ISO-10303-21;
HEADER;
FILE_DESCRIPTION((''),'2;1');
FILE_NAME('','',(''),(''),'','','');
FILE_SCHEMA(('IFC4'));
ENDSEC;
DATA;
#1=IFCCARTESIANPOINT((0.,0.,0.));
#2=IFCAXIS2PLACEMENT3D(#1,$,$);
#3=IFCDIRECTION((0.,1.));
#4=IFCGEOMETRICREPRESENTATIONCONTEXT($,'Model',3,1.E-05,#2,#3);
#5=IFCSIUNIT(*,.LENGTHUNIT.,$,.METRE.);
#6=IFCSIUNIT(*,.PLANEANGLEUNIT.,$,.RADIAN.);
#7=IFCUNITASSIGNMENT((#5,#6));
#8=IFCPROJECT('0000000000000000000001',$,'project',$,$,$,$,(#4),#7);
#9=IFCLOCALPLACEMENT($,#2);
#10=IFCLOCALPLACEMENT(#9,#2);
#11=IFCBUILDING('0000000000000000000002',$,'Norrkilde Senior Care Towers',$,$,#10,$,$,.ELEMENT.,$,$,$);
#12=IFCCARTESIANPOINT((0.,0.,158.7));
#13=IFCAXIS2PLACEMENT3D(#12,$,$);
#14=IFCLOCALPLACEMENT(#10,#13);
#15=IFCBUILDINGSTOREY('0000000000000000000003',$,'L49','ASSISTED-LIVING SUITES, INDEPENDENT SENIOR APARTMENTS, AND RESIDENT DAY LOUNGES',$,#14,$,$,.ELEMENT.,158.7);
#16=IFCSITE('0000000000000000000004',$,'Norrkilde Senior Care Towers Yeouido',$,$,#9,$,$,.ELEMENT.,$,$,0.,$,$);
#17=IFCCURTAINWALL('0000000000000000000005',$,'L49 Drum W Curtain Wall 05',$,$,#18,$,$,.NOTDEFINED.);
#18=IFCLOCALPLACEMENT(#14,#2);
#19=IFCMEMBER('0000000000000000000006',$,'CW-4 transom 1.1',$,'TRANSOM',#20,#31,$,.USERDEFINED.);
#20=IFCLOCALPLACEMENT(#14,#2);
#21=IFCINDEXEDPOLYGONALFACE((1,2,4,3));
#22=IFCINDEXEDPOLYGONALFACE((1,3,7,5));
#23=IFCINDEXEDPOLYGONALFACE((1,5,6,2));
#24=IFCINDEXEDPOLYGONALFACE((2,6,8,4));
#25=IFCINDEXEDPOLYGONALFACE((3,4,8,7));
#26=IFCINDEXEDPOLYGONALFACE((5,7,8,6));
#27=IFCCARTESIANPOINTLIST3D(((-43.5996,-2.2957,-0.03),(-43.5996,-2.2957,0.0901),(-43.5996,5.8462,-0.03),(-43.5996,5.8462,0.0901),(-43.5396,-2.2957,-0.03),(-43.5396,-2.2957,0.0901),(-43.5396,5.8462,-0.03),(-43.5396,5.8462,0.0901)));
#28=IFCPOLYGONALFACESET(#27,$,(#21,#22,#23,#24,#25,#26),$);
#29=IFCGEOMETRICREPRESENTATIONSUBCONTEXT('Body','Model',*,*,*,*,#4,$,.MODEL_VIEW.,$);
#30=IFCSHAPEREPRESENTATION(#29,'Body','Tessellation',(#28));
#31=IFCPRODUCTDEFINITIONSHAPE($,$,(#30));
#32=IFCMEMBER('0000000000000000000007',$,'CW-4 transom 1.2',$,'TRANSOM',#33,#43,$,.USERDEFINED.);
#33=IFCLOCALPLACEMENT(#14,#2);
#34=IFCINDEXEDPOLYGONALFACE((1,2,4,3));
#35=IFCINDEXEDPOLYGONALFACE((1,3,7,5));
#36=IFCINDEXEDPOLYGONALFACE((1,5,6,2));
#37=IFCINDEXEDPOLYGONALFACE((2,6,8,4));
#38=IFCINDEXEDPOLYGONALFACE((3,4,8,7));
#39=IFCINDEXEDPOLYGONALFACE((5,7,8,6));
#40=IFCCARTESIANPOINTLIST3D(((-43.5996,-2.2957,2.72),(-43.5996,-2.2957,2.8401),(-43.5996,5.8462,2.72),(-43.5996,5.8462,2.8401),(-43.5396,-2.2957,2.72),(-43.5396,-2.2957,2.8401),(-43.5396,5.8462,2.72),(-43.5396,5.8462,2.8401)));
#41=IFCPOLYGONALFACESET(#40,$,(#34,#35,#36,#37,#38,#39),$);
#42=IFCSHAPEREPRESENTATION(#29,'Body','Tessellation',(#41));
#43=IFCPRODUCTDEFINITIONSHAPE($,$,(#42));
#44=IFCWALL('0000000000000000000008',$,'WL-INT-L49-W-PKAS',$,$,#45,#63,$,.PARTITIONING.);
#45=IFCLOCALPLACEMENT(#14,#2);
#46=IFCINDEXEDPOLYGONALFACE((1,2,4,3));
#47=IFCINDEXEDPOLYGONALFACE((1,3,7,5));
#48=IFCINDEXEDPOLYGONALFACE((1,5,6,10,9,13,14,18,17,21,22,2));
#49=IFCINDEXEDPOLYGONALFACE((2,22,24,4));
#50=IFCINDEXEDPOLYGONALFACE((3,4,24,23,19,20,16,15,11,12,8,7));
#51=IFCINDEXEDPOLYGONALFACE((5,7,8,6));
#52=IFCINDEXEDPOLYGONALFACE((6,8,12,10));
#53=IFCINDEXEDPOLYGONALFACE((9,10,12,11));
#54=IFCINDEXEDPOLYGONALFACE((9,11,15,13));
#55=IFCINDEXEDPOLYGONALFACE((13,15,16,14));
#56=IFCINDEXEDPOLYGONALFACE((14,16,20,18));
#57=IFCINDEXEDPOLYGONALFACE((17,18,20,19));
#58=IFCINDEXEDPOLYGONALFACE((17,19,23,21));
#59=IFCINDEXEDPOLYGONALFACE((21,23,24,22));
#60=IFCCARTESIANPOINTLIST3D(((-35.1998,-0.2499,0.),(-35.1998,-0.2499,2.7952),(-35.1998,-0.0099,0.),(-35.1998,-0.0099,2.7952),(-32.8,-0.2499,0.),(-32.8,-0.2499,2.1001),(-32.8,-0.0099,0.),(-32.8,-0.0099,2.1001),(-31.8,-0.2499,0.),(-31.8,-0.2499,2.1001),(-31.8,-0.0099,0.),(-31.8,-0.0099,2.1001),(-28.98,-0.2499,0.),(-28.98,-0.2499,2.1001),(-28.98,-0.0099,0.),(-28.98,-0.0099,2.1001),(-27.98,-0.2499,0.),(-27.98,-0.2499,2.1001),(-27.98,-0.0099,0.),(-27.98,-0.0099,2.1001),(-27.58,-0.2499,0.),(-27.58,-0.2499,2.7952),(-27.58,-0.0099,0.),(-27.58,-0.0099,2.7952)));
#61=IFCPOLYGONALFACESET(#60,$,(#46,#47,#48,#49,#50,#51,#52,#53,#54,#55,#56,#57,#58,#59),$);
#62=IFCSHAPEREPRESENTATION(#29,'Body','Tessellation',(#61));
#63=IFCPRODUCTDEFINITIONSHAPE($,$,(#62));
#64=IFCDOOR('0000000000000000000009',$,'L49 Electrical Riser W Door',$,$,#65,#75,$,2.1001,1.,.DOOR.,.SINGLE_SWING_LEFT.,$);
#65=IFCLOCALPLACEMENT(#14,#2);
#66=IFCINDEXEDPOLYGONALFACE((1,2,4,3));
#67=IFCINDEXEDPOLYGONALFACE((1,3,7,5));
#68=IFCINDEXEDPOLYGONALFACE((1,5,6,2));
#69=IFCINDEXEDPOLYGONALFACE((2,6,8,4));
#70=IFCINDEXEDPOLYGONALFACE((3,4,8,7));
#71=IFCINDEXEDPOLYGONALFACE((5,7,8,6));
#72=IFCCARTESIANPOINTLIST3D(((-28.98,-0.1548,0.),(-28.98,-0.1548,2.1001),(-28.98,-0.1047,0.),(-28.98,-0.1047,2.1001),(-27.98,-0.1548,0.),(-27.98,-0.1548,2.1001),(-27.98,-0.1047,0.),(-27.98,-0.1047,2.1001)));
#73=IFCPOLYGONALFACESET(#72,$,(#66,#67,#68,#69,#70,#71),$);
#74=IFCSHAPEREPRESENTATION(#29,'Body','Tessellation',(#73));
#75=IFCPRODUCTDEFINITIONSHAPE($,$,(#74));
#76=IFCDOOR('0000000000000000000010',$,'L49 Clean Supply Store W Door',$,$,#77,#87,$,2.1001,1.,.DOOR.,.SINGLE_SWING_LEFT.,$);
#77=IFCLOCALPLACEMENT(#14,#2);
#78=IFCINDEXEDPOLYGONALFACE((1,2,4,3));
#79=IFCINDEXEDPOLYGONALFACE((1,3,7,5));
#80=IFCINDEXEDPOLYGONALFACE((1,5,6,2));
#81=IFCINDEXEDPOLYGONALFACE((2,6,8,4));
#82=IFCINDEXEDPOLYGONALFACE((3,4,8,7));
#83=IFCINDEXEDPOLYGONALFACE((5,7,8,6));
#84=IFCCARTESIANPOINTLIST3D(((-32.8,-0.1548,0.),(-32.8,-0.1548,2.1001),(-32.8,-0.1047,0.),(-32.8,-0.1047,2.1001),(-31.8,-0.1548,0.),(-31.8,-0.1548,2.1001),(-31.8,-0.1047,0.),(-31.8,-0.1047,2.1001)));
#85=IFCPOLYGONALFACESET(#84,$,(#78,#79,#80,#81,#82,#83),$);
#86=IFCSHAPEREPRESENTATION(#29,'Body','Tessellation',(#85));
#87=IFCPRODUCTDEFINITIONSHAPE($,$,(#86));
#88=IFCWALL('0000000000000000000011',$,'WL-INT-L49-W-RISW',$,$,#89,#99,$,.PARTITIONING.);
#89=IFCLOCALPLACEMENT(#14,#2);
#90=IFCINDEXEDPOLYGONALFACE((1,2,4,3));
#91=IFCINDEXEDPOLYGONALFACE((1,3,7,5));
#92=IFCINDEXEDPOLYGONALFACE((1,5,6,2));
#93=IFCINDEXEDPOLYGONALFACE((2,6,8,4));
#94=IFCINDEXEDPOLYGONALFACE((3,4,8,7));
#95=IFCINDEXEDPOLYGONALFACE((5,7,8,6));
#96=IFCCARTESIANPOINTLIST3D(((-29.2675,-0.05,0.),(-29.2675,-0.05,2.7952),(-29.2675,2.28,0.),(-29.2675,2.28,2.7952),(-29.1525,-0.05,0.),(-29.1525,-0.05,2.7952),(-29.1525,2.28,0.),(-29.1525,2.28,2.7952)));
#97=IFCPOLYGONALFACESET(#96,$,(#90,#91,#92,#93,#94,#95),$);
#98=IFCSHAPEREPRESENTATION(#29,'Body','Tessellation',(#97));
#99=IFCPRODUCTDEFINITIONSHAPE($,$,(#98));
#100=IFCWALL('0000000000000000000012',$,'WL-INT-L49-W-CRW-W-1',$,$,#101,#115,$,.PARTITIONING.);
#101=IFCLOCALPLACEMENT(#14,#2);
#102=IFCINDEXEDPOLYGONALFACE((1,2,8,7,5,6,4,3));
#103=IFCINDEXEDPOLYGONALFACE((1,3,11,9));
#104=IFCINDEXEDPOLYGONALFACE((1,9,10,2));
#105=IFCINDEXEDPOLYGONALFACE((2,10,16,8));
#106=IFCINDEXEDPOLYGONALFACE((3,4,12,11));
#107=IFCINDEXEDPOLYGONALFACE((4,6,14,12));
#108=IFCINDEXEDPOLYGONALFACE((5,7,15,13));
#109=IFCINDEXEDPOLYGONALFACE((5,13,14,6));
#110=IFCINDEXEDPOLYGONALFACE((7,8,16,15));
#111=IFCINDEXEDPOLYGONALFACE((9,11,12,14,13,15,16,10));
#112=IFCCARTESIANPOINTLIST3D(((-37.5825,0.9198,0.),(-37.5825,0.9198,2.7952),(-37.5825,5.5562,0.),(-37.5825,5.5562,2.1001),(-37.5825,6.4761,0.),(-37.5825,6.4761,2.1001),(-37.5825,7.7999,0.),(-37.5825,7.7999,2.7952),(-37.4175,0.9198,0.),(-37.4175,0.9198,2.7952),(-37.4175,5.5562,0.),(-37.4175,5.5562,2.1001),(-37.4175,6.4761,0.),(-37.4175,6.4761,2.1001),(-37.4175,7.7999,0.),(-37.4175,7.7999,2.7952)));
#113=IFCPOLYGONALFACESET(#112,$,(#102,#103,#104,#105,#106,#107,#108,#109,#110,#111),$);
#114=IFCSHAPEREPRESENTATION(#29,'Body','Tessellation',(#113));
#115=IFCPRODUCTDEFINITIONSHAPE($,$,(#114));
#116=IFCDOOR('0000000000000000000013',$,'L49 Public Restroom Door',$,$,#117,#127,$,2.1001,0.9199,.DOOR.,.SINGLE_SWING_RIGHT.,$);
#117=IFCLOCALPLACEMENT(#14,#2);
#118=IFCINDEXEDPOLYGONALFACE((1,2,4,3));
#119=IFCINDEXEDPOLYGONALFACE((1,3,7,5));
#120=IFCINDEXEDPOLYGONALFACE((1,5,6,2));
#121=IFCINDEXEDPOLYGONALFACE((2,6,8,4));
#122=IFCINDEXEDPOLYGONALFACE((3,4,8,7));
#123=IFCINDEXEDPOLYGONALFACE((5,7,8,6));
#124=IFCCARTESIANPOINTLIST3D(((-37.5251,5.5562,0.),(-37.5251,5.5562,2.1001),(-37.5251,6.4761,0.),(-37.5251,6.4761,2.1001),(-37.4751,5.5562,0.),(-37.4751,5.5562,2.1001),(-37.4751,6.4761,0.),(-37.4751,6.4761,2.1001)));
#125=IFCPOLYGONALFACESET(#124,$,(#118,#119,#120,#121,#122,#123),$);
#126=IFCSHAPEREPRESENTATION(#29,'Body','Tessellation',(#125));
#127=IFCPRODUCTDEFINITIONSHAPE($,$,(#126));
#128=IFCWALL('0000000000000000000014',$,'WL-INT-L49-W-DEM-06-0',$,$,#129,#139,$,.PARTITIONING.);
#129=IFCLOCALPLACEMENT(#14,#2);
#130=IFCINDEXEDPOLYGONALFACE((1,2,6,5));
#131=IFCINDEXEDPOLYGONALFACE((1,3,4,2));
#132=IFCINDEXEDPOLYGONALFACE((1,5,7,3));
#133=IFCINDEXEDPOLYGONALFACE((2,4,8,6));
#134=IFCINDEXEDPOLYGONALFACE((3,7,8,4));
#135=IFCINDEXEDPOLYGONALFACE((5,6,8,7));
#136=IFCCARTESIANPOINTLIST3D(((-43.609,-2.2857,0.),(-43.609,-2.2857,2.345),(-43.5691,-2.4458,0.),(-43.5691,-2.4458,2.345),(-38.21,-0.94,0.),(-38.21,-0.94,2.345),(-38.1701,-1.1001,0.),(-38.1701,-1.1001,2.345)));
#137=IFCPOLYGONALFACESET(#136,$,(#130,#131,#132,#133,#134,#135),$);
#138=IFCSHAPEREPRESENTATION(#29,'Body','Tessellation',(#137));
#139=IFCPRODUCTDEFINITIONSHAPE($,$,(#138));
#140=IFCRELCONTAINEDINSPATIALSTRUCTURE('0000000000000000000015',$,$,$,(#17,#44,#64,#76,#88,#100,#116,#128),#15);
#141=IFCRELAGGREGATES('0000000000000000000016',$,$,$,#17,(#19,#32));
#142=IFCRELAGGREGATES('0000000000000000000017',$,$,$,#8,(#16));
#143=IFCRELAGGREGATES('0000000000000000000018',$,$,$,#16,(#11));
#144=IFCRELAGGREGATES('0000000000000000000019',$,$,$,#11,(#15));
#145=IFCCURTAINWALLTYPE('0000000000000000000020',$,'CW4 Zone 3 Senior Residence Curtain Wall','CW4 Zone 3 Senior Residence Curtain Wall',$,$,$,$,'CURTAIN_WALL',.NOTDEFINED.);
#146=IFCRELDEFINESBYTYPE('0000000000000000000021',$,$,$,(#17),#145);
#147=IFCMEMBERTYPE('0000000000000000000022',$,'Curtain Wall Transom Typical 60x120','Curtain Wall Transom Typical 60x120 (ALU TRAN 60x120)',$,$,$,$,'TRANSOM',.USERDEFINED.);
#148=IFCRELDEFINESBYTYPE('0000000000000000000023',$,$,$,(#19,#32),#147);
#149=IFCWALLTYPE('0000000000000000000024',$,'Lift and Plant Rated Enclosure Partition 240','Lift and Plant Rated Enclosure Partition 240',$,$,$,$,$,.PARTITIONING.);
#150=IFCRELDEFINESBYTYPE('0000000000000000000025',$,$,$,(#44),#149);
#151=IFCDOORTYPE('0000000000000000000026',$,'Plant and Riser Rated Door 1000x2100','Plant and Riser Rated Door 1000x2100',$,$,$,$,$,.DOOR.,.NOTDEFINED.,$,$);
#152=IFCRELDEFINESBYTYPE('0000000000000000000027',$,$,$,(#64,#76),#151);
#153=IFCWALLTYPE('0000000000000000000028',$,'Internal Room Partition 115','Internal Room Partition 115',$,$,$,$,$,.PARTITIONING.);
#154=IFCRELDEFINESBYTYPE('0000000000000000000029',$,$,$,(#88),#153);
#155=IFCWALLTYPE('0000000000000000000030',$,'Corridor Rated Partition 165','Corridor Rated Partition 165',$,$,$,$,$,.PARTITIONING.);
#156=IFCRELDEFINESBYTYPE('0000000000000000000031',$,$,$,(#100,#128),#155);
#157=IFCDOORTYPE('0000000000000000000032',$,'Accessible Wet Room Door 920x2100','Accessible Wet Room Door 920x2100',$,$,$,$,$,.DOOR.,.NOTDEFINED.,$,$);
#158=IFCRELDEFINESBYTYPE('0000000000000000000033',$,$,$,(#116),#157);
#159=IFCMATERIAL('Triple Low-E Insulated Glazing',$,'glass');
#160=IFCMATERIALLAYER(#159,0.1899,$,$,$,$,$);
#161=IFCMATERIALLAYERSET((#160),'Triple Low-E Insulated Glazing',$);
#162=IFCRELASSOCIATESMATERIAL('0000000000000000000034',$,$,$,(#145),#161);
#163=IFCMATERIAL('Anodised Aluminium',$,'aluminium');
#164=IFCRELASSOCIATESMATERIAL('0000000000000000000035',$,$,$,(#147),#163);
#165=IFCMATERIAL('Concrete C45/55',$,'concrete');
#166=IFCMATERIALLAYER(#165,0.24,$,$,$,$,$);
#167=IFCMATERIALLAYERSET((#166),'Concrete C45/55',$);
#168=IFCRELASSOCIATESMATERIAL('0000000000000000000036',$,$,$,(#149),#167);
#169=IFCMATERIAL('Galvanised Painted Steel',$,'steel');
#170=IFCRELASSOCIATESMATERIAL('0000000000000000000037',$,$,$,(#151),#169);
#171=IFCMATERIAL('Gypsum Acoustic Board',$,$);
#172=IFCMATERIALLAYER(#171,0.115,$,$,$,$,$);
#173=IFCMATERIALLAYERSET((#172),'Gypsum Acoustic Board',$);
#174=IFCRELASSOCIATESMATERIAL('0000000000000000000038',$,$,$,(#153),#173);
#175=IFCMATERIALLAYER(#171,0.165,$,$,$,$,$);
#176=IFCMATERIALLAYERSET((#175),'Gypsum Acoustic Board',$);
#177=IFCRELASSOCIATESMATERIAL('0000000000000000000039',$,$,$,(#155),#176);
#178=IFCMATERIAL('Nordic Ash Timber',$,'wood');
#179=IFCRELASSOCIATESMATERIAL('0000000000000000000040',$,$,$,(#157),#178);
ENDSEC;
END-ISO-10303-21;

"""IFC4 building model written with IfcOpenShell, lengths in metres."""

from ifc_helpers import new_model, si_unit, direction, frame, frame_2d, origin, origin_2d, place, context, subcontext, project, spatial, rectangle, extrude, source, transform, mapped, material, layer, layer_set, material_profile, profile_set, type_object, type_shapes, element, fill, aggregate, save


model = new_model("IFC4")

# Units and contexts
model_context = context("Model", 3, precision=1e-05, world=origin(), true_north=direction((0.0, 1.0)))
body_context = subcontext(model_context, "Body", "Model", "MODEL_VIEW")
ifc_project = project(units=[si_unit("LENGTHUNIT", "METRE"), si_unit("PLANEANGLEUNIT", "RADIAN")], contexts=[model_context])

# Site, building, storey
site_placement = place(None, origin())
site = spatial("IfcSite", under=ifc_project, at=site_placement, Name="Norrkilde Senior Care Towers Yeouido", CompositionType="ELEMENT", RefElevation=0.0)
building_placement = place(site_placement, origin())
building = spatial("IfcBuilding", under=site, at=building_placement, Name="Norrkilde Senior Care Towers", CompositionType="ELEMENT")
storey_placement = place(building_placement, frame((0.0, 0.0, 158.7)))
storey = spatial("IfcBuildingStorey", under=building, at=storey_placement, Name="L49", Description="ASSISTED-LIVING SUITES, INDEPENDENT SENIOR APARTMENTS, AND RESIDENT DAY LOUNGES", CompositionType="ELEMENT", Elevation=158.7)

# Curtain wall
ifc_material_1 = material(Name="Triple Low-E Insulated Glazing", Category="glass")
ifc_layer_1 = layer(ifc_material_1, 0.1899)
ifc_layer_set_1 = layer_set([ifc_layer_1], Name="Triple Low-E Insulated Glazing")
curtain_wall_type = type_object("IfcCurtainWallType", Name="CW4 Zone 3 Senior Residence Curtain Wall", Description="CW4 Zone 3 Senior Residence Curtain Wall", ElementType="CURTAIN_WALL", PredefinedType="NOTDEFINED", material=ifc_layer_set_1)
curtain_wall_1_placement = place(storey_placement, origin())
curtain_wall_1 = element("IfcCurtainWall", 1, at=curtain_wall_1_placement, inside=storey, type_object=curtain_wall_type, Name="L49 Drum W Curtain Wall 05", PredefinedType="NOTDEFINED")
ifc_material_2 = material(Name="Anodised Aluminium", Category="aluminium")

# Members
ifc_material_profile_1 = material_profile(ifc_material_2, rectangle(XDim=0.0601, YDim=0.1201, at=origin_2d()), Name="ALU TRAN 60x120")
ifc_profile_set_1 = profile_set([ifc_material_profile_1], Name="Anodised Aluminium")
member_type_1 = type_object("IfcMemberType", Name="Curtain Wall Transom Typical 60x120", Description="Curtain Wall Transom Typical 60x120 (ALU TRAN 60x120)", ElementType="TRANSOM", PredefinedType="USERDEFINED", material=ifc_profile_set_1)
shared_shape_1 = source(origin(), body_context, "Body", "SweptSolid", [
    extrude(rectangle(XDim=0.0601, YDim=0.1201, at=origin_2d()), origin(), (0.0, 0.0, 1.0), 8.1418),
])
type_shapes(member_type_1, [shared_shape_1])
member_1_placement = place(storey_placement, frame((-43.5696, -2.2957, 0.03), z_axis=(0.0, 1.0, 0.0), x_axis=(-1.0, 0.0, 0.0)))
member_1 = element("IfcMember", 2, at=member_1_placement, type_object=member_type_1, Name="CW-4 transom 1.1", ObjectType="TRANSOM", PredefinedType="USERDEFINED", context=body_context, shape_type="MappedRepresentation", body=[
    mapped(shared_shape_1, transform((0.0, 0.0, 0.0), x_axis=(1.0, 0.0, 0.0), y_axis=(0.0, 1.0, 0.0), z_axis=(0.0, 0.0, 1.0), scale=1.0)),
])
member_2_placement = place(storey_placement, frame((-43.5696, -2.2957, 2.78), z_axis=(0.0, 1.0, 0.0), x_axis=(-1.0, 0.0, 0.0)))
member_2 = element("IfcMember", 3, at=member_2_placement, type_object=member_type_1, Name="CW-4 transom 1.2", ObjectType="TRANSOM", PredefinedType="USERDEFINED", context=body_context, shape_type="MappedRepresentation", body=[
    mapped(shared_shape_1, transform((0.0, 0.0, 0.0), x_axis=(1.0, 0.0, 0.0), y_axis=(0.0, 1.0, 0.0), z_axis=(0.0, 0.0, 1.0), scale=1.0)),
])
aggregate(curtain_wall_1, [member_1, member_2])

# Shared definitions
ifc_material_3 = material(Name="Concrete C45/55", Category="concrete")
ifc_material_4 = material(Name="Galvanised Painted Steel", Category="steel")

# Wall, openings, doors
ifc_layer_2 = layer(ifc_material_3, 0.24)
ifc_layer_set_2 = layer_set([ifc_layer_2], Name="Concrete C45/55")
wall_type_1 = type_object("IfcWallType", Name="Lift and Plant Rated Enclosure Partition 240", Description="Lift and Plant Rated Enclosure Partition 240", PredefinedType="PARTITIONING", material=ifc_layer_set_2)
shared_shape_2 = source(origin(), body_context, "Body", "SweptSolid", [
    extrude(rectangle(XDim=7.6199, YDim=0.24, at=frame_2d((3.8101, 0.0))), origin(), (0.0, 0.0, 1.0), 2.7952),
])
type_shapes(wall_type_1, [shared_shape_2])
wall_1_placement = place(storey_placement, frame((-35.2, -0.1299, 0.0), z_axis=(0.0, 0.0, 1.0), x_axis=(1.0, 0.0, 0.0)))
wall_1 = element("IfcWall", 4, at=wall_1_placement, inside=storey, type_object=wall_type_1, Name="WL-INT-L49-W-PKAS", PredefinedType="PARTITIONING", context=body_context, shape_type="MappedRepresentation", body=[
    mapped(shared_shape_2, transform((0.0, 0.0, 0.0), x_axis=(1.0, 0.0, 0.0), y_axis=(0.0, 1.0, 0.0), z_axis=(0.0, 0.0, 1.0), scale=1.0)),
])
opening_1_placement = place(wall_1_placement, frame((6.22, 0.0, 0.0)))
opening_1 = element("IfcOpeningElement", 5, at=opening_1_placement, cuts=wall_1, PredefinedType="OPENING", context=body_context, shape_type="SweptSolid", body=[
    extrude(rectangle(XDim=1.0, YDim=2.1001, at=frame_2d((0.5, 1.05))), frame((0.0, 0.1299, 0.0), z_axis=(0.0, -1.0, 0.0), x_axis=(1.0, 0.0, 0.0)), (0.0, 0.0, 1.0), 0.26),
])
opening_2_placement = place(wall_1_placement, frame((2.3999, 0.0, 0.0)))
opening_2 = element("IfcOpeningElement", 6, at=opening_2_placement, cuts=wall_1, PredefinedType="OPENING", context=body_context, shape_type="SweptSolid", body=[
    extrude(rectangle(XDim=1.0, YDim=2.1001, at=frame_2d((0.5, 1.05))), frame((0.0, 0.1299, 0.0), z_axis=(0.0, -1.0, 0.0), x_axis=(1.0, 0.0, 0.0)), (0.0, 0.0, 1.0), 0.26),
])
door_type_1 = type_object("IfcDoorType", Name="Plant and Riser Rated Door 1000x2100", Description="Plant and Riser Rated Door 1000x2100", OperationType="NOTDEFINED", PredefinedType="DOOR", material=ifc_material_4)
shared_shape_3 = source(origin(), body_context, "Body", "SweptSolid", [
    extrude(rectangle(XDim=1.0, YDim=2.1001, at=frame_2d((0.5, 1.05))), frame((0.0, 0.0249, 0.0), z_axis=(0.0, -1.0, 0.0), x_axis=(1.0, 0.0, 0.0)), (0.0, 0.0, 1.0), 0.05),
])
type_shapes(door_type_1, [shared_shape_3])
door_1_placement = place(opening_1_placement, frame((1.0, 0.0, 0.0), z_axis=(0.0, 0.0, 1.0), x_axis=(-1.0, 0.0, 0.0)))
door_1 = element("IfcDoor", 7, at=door_1_placement, inside=storey, type_object=door_type_1, Name="L49 Electrical Riser W Door", OperationType="SINGLE_SWING_LEFT", OverallHeight=2.1001, OverallWidth=1.0, PredefinedType="DOOR", context=body_context, shape_type="MappedRepresentation", body=[
    mapped(shared_shape_3, transform((0.0, 0.0, 0.0), x_axis=(1.0, 0.0, 0.0), y_axis=(0.0, 1.0, 0.0), z_axis=(0.0, 0.0, 1.0), scale=1.0)),
])
fill(opening_1, door_1)
door_2_placement = place(opening_2_placement, frame((1.0, 0.0, 0.0), z_axis=(0.0, 0.0, 1.0), x_axis=(-1.0, 0.0, 0.0)))
door_2 = element("IfcDoor", 8, at=door_2_placement, inside=storey, type_object=door_type_1, Name="L49 Clean Supply Store W Door", OperationType="SINGLE_SWING_LEFT", OverallHeight=2.1001, OverallWidth=1.0, PredefinedType="DOOR", context=body_context, shape_type="MappedRepresentation", body=[
    mapped(shared_shape_3, transform((0.0, 0.0, 0.0), x_axis=(1.0, 0.0, 0.0), y_axis=(0.0, 1.0, 0.0), z_axis=(0.0, 0.0, 1.0), scale=1.0)),
])
fill(opening_2, door_2)

# Wall
ifc_material_5 = material(Name="Gypsum Acoustic Board")
ifc_layer_3 = layer(ifc_material_5, 0.115)
ifc_layer_set_3 = layer_set([ifc_layer_3], Name="Gypsum Acoustic Board")
wall_type_2 = type_object("IfcWallType", Name="Internal Room Partition 115", Description="Internal Room Partition 115", PredefinedType="PARTITIONING", material=ifc_layer_set_3)
shared_shape_4 = source(origin(), body_context, "Body", "SweptSolid", [
    extrude(rectangle(XDim=2.3301, YDim=0.115, at=frame_2d((1.165, 0.0))), origin(), (0.0, 0.0, 1.0), 2.7952),
])
type_shapes(wall_type_2, [shared_shape_4])
wall_2_placement = place(storey_placement, frame((-29.21, -0.05, 0.0), z_axis=(0.0, 0.0, 1.0), x_axis=(0.0, 1.0, 0.0)))
element("IfcWall", 9, at=wall_2_placement, inside=storey, type_object=wall_type_2, Name="WL-INT-L49-W-RISW", PredefinedType="PARTITIONING", context=body_context, shape_type="MappedRepresentation", body=[
    mapped(shared_shape_4, transform((0.0, 0.0, 0.0), x_axis=(1.0, 0.0, 0.0), y_axis=(0.0, 1.0, 0.0), z_axis=(0.0, 0.0, 1.0), scale=1.0)),
])

# Wall, opening, door
ifc_layer_4 = layer(ifc_material_5, 0.165)
ifc_layer_set_4 = layer_set([ifc_layer_4], Name="Gypsum Acoustic Board")
wall_type_3 = type_object("IfcWallType", Name="Corridor Rated Partition 165", Description="Corridor Rated Partition 165", PredefinedType="PARTITIONING", material=ifc_layer_set_4)
shared_shape_5 = source(origin(), body_context, "Body", "SweptSolid", [
    extrude(rectangle(XDim=6.8801, YDim=0.165, at=frame_2d((3.4399, 0.0))), origin(), (0.0, 0.0, 1.0), 2.7952),
])
wall_3_placement = place(storey_placement, frame((-37.5, 0.9199, 0.0), z_axis=(0.0, 0.0, 1.0), x_axis=(0.0, 1.0, 0.0)))
wall_3 = element("IfcWall", 10, at=wall_3_placement, inside=storey, type_object=wall_type_3, Name="WL-INT-L49-W-CRW-W-1", PredefinedType="PARTITIONING", context=body_context, shape_type="MappedRepresentation", body=[
    mapped(shared_shape_5, transform((0.0, 0.0, 0.0), x_axis=(1.0, 0.0, 0.0), y_axis=(0.0, 1.0, 0.0), z_axis=(0.0, 0.0, 1.0), scale=1.0)),
])
opening_3_placement = place(wall_3_placement, frame((4.6362, 0.0, 0.0)))
opening_3 = element("IfcOpeningElement", 11, at=opening_3_placement, cuts=wall_3, PredefinedType="OPENING", context=body_context, shape_type="SweptSolid", body=[
    extrude(rectangle(XDim=0.9199, YDim=2.1001, at=frame_2d((0.46, 1.05))), frame((0.0, 0.0925, 0.0), z_axis=(0.0, -1.0, 0.0), x_axis=(1.0, 0.0, 0.0)), (0.0, 0.0, 1.0), 0.1851),
])
ifc_material_6 = material(Name="Nordic Ash Timber", Category="wood")
door_type_2 = type_object("IfcDoorType", Name="Accessible Wet Room Door 920x2100", Description="Accessible Wet Room Door 920x2100", OperationType="NOTDEFINED", PredefinedType="DOOR", material=ifc_material_6)
shared_shape_6 = source(origin(), body_context, "Body", "SweptSolid", [
    extrude(rectangle(XDim=0.9199, YDim=2.1001, at=frame_2d((0.46, 1.05))), frame((0.0, 0.0249, 0.0), z_axis=(0.0, -1.0, 0.0), x_axis=(1.0, 0.0, 0.0)), (0.0, 0.0, 1.0), 0.05),
])
type_shapes(door_type_2, [shared_shape_6])
door_3_placement = place(opening_3_placement, frame((0.9199, 0.0, 0.0), z_axis=(0.0, 0.0, 1.0), x_axis=(-1.0, 0.0, 0.0)))
door_3 = element("IfcDoor", 12, at=door_3_placement, inside=storey, type_object=door_type_2, Name="L49 Public Restroom Door", OperationType="SINGLE_SWING_RIGHT", OverallHeight=2.1001, OverallWidth=0.9199, PredefinedType="DOOR", context=body_context, shape_type="MappedRepresentation", body=[
    mapped(shared_shape_6, transform((0.0, 0.0, 0.0), x_axis=(1.0, 0.0, 0.0), y_axis=(0.0, 1.0, 0.0), z_axis=(0.0, 0.0, 1.0), scale=1.0)),
])
fill(opening_3, door_3)

# Wall
shared_shape_7 = source(origin(), body_context, "Body", "SweptSolid", [
    extrude(rectangle(XDim=5.5642, YDim=0.165, at=frame_2d((2.7822, 0.0))), origin(), (0.0, 0.0, 1.0), 2.345),
])
wall_4_placement = place(storey_placement, frame((-38.1899, -1.02, 0.0), z_axis=(0.0, 0.0, 1.0), x_axis=(-0.970313, -0.241854, 0.0)))
element("IfcWall", 13, at=wall_4_placement, inside=storey, type_object=wall_type_3, Name="WL-INT-L49-W-DEM-06-0", PredefinedType="PARTITIONING", context=body_context, shape_type="MappedRepresentation", body=[
    mapped(shared_shape_7, transform((0.0, 0.0, 0.0), x_axis=(1.0, 0.0, 0.0), y_axis=(0.0, 1.0, 0.0), z_axis=(0.0, 0.0, 1.0), scale=1.0)),
])

save(model, "model.ifc")
